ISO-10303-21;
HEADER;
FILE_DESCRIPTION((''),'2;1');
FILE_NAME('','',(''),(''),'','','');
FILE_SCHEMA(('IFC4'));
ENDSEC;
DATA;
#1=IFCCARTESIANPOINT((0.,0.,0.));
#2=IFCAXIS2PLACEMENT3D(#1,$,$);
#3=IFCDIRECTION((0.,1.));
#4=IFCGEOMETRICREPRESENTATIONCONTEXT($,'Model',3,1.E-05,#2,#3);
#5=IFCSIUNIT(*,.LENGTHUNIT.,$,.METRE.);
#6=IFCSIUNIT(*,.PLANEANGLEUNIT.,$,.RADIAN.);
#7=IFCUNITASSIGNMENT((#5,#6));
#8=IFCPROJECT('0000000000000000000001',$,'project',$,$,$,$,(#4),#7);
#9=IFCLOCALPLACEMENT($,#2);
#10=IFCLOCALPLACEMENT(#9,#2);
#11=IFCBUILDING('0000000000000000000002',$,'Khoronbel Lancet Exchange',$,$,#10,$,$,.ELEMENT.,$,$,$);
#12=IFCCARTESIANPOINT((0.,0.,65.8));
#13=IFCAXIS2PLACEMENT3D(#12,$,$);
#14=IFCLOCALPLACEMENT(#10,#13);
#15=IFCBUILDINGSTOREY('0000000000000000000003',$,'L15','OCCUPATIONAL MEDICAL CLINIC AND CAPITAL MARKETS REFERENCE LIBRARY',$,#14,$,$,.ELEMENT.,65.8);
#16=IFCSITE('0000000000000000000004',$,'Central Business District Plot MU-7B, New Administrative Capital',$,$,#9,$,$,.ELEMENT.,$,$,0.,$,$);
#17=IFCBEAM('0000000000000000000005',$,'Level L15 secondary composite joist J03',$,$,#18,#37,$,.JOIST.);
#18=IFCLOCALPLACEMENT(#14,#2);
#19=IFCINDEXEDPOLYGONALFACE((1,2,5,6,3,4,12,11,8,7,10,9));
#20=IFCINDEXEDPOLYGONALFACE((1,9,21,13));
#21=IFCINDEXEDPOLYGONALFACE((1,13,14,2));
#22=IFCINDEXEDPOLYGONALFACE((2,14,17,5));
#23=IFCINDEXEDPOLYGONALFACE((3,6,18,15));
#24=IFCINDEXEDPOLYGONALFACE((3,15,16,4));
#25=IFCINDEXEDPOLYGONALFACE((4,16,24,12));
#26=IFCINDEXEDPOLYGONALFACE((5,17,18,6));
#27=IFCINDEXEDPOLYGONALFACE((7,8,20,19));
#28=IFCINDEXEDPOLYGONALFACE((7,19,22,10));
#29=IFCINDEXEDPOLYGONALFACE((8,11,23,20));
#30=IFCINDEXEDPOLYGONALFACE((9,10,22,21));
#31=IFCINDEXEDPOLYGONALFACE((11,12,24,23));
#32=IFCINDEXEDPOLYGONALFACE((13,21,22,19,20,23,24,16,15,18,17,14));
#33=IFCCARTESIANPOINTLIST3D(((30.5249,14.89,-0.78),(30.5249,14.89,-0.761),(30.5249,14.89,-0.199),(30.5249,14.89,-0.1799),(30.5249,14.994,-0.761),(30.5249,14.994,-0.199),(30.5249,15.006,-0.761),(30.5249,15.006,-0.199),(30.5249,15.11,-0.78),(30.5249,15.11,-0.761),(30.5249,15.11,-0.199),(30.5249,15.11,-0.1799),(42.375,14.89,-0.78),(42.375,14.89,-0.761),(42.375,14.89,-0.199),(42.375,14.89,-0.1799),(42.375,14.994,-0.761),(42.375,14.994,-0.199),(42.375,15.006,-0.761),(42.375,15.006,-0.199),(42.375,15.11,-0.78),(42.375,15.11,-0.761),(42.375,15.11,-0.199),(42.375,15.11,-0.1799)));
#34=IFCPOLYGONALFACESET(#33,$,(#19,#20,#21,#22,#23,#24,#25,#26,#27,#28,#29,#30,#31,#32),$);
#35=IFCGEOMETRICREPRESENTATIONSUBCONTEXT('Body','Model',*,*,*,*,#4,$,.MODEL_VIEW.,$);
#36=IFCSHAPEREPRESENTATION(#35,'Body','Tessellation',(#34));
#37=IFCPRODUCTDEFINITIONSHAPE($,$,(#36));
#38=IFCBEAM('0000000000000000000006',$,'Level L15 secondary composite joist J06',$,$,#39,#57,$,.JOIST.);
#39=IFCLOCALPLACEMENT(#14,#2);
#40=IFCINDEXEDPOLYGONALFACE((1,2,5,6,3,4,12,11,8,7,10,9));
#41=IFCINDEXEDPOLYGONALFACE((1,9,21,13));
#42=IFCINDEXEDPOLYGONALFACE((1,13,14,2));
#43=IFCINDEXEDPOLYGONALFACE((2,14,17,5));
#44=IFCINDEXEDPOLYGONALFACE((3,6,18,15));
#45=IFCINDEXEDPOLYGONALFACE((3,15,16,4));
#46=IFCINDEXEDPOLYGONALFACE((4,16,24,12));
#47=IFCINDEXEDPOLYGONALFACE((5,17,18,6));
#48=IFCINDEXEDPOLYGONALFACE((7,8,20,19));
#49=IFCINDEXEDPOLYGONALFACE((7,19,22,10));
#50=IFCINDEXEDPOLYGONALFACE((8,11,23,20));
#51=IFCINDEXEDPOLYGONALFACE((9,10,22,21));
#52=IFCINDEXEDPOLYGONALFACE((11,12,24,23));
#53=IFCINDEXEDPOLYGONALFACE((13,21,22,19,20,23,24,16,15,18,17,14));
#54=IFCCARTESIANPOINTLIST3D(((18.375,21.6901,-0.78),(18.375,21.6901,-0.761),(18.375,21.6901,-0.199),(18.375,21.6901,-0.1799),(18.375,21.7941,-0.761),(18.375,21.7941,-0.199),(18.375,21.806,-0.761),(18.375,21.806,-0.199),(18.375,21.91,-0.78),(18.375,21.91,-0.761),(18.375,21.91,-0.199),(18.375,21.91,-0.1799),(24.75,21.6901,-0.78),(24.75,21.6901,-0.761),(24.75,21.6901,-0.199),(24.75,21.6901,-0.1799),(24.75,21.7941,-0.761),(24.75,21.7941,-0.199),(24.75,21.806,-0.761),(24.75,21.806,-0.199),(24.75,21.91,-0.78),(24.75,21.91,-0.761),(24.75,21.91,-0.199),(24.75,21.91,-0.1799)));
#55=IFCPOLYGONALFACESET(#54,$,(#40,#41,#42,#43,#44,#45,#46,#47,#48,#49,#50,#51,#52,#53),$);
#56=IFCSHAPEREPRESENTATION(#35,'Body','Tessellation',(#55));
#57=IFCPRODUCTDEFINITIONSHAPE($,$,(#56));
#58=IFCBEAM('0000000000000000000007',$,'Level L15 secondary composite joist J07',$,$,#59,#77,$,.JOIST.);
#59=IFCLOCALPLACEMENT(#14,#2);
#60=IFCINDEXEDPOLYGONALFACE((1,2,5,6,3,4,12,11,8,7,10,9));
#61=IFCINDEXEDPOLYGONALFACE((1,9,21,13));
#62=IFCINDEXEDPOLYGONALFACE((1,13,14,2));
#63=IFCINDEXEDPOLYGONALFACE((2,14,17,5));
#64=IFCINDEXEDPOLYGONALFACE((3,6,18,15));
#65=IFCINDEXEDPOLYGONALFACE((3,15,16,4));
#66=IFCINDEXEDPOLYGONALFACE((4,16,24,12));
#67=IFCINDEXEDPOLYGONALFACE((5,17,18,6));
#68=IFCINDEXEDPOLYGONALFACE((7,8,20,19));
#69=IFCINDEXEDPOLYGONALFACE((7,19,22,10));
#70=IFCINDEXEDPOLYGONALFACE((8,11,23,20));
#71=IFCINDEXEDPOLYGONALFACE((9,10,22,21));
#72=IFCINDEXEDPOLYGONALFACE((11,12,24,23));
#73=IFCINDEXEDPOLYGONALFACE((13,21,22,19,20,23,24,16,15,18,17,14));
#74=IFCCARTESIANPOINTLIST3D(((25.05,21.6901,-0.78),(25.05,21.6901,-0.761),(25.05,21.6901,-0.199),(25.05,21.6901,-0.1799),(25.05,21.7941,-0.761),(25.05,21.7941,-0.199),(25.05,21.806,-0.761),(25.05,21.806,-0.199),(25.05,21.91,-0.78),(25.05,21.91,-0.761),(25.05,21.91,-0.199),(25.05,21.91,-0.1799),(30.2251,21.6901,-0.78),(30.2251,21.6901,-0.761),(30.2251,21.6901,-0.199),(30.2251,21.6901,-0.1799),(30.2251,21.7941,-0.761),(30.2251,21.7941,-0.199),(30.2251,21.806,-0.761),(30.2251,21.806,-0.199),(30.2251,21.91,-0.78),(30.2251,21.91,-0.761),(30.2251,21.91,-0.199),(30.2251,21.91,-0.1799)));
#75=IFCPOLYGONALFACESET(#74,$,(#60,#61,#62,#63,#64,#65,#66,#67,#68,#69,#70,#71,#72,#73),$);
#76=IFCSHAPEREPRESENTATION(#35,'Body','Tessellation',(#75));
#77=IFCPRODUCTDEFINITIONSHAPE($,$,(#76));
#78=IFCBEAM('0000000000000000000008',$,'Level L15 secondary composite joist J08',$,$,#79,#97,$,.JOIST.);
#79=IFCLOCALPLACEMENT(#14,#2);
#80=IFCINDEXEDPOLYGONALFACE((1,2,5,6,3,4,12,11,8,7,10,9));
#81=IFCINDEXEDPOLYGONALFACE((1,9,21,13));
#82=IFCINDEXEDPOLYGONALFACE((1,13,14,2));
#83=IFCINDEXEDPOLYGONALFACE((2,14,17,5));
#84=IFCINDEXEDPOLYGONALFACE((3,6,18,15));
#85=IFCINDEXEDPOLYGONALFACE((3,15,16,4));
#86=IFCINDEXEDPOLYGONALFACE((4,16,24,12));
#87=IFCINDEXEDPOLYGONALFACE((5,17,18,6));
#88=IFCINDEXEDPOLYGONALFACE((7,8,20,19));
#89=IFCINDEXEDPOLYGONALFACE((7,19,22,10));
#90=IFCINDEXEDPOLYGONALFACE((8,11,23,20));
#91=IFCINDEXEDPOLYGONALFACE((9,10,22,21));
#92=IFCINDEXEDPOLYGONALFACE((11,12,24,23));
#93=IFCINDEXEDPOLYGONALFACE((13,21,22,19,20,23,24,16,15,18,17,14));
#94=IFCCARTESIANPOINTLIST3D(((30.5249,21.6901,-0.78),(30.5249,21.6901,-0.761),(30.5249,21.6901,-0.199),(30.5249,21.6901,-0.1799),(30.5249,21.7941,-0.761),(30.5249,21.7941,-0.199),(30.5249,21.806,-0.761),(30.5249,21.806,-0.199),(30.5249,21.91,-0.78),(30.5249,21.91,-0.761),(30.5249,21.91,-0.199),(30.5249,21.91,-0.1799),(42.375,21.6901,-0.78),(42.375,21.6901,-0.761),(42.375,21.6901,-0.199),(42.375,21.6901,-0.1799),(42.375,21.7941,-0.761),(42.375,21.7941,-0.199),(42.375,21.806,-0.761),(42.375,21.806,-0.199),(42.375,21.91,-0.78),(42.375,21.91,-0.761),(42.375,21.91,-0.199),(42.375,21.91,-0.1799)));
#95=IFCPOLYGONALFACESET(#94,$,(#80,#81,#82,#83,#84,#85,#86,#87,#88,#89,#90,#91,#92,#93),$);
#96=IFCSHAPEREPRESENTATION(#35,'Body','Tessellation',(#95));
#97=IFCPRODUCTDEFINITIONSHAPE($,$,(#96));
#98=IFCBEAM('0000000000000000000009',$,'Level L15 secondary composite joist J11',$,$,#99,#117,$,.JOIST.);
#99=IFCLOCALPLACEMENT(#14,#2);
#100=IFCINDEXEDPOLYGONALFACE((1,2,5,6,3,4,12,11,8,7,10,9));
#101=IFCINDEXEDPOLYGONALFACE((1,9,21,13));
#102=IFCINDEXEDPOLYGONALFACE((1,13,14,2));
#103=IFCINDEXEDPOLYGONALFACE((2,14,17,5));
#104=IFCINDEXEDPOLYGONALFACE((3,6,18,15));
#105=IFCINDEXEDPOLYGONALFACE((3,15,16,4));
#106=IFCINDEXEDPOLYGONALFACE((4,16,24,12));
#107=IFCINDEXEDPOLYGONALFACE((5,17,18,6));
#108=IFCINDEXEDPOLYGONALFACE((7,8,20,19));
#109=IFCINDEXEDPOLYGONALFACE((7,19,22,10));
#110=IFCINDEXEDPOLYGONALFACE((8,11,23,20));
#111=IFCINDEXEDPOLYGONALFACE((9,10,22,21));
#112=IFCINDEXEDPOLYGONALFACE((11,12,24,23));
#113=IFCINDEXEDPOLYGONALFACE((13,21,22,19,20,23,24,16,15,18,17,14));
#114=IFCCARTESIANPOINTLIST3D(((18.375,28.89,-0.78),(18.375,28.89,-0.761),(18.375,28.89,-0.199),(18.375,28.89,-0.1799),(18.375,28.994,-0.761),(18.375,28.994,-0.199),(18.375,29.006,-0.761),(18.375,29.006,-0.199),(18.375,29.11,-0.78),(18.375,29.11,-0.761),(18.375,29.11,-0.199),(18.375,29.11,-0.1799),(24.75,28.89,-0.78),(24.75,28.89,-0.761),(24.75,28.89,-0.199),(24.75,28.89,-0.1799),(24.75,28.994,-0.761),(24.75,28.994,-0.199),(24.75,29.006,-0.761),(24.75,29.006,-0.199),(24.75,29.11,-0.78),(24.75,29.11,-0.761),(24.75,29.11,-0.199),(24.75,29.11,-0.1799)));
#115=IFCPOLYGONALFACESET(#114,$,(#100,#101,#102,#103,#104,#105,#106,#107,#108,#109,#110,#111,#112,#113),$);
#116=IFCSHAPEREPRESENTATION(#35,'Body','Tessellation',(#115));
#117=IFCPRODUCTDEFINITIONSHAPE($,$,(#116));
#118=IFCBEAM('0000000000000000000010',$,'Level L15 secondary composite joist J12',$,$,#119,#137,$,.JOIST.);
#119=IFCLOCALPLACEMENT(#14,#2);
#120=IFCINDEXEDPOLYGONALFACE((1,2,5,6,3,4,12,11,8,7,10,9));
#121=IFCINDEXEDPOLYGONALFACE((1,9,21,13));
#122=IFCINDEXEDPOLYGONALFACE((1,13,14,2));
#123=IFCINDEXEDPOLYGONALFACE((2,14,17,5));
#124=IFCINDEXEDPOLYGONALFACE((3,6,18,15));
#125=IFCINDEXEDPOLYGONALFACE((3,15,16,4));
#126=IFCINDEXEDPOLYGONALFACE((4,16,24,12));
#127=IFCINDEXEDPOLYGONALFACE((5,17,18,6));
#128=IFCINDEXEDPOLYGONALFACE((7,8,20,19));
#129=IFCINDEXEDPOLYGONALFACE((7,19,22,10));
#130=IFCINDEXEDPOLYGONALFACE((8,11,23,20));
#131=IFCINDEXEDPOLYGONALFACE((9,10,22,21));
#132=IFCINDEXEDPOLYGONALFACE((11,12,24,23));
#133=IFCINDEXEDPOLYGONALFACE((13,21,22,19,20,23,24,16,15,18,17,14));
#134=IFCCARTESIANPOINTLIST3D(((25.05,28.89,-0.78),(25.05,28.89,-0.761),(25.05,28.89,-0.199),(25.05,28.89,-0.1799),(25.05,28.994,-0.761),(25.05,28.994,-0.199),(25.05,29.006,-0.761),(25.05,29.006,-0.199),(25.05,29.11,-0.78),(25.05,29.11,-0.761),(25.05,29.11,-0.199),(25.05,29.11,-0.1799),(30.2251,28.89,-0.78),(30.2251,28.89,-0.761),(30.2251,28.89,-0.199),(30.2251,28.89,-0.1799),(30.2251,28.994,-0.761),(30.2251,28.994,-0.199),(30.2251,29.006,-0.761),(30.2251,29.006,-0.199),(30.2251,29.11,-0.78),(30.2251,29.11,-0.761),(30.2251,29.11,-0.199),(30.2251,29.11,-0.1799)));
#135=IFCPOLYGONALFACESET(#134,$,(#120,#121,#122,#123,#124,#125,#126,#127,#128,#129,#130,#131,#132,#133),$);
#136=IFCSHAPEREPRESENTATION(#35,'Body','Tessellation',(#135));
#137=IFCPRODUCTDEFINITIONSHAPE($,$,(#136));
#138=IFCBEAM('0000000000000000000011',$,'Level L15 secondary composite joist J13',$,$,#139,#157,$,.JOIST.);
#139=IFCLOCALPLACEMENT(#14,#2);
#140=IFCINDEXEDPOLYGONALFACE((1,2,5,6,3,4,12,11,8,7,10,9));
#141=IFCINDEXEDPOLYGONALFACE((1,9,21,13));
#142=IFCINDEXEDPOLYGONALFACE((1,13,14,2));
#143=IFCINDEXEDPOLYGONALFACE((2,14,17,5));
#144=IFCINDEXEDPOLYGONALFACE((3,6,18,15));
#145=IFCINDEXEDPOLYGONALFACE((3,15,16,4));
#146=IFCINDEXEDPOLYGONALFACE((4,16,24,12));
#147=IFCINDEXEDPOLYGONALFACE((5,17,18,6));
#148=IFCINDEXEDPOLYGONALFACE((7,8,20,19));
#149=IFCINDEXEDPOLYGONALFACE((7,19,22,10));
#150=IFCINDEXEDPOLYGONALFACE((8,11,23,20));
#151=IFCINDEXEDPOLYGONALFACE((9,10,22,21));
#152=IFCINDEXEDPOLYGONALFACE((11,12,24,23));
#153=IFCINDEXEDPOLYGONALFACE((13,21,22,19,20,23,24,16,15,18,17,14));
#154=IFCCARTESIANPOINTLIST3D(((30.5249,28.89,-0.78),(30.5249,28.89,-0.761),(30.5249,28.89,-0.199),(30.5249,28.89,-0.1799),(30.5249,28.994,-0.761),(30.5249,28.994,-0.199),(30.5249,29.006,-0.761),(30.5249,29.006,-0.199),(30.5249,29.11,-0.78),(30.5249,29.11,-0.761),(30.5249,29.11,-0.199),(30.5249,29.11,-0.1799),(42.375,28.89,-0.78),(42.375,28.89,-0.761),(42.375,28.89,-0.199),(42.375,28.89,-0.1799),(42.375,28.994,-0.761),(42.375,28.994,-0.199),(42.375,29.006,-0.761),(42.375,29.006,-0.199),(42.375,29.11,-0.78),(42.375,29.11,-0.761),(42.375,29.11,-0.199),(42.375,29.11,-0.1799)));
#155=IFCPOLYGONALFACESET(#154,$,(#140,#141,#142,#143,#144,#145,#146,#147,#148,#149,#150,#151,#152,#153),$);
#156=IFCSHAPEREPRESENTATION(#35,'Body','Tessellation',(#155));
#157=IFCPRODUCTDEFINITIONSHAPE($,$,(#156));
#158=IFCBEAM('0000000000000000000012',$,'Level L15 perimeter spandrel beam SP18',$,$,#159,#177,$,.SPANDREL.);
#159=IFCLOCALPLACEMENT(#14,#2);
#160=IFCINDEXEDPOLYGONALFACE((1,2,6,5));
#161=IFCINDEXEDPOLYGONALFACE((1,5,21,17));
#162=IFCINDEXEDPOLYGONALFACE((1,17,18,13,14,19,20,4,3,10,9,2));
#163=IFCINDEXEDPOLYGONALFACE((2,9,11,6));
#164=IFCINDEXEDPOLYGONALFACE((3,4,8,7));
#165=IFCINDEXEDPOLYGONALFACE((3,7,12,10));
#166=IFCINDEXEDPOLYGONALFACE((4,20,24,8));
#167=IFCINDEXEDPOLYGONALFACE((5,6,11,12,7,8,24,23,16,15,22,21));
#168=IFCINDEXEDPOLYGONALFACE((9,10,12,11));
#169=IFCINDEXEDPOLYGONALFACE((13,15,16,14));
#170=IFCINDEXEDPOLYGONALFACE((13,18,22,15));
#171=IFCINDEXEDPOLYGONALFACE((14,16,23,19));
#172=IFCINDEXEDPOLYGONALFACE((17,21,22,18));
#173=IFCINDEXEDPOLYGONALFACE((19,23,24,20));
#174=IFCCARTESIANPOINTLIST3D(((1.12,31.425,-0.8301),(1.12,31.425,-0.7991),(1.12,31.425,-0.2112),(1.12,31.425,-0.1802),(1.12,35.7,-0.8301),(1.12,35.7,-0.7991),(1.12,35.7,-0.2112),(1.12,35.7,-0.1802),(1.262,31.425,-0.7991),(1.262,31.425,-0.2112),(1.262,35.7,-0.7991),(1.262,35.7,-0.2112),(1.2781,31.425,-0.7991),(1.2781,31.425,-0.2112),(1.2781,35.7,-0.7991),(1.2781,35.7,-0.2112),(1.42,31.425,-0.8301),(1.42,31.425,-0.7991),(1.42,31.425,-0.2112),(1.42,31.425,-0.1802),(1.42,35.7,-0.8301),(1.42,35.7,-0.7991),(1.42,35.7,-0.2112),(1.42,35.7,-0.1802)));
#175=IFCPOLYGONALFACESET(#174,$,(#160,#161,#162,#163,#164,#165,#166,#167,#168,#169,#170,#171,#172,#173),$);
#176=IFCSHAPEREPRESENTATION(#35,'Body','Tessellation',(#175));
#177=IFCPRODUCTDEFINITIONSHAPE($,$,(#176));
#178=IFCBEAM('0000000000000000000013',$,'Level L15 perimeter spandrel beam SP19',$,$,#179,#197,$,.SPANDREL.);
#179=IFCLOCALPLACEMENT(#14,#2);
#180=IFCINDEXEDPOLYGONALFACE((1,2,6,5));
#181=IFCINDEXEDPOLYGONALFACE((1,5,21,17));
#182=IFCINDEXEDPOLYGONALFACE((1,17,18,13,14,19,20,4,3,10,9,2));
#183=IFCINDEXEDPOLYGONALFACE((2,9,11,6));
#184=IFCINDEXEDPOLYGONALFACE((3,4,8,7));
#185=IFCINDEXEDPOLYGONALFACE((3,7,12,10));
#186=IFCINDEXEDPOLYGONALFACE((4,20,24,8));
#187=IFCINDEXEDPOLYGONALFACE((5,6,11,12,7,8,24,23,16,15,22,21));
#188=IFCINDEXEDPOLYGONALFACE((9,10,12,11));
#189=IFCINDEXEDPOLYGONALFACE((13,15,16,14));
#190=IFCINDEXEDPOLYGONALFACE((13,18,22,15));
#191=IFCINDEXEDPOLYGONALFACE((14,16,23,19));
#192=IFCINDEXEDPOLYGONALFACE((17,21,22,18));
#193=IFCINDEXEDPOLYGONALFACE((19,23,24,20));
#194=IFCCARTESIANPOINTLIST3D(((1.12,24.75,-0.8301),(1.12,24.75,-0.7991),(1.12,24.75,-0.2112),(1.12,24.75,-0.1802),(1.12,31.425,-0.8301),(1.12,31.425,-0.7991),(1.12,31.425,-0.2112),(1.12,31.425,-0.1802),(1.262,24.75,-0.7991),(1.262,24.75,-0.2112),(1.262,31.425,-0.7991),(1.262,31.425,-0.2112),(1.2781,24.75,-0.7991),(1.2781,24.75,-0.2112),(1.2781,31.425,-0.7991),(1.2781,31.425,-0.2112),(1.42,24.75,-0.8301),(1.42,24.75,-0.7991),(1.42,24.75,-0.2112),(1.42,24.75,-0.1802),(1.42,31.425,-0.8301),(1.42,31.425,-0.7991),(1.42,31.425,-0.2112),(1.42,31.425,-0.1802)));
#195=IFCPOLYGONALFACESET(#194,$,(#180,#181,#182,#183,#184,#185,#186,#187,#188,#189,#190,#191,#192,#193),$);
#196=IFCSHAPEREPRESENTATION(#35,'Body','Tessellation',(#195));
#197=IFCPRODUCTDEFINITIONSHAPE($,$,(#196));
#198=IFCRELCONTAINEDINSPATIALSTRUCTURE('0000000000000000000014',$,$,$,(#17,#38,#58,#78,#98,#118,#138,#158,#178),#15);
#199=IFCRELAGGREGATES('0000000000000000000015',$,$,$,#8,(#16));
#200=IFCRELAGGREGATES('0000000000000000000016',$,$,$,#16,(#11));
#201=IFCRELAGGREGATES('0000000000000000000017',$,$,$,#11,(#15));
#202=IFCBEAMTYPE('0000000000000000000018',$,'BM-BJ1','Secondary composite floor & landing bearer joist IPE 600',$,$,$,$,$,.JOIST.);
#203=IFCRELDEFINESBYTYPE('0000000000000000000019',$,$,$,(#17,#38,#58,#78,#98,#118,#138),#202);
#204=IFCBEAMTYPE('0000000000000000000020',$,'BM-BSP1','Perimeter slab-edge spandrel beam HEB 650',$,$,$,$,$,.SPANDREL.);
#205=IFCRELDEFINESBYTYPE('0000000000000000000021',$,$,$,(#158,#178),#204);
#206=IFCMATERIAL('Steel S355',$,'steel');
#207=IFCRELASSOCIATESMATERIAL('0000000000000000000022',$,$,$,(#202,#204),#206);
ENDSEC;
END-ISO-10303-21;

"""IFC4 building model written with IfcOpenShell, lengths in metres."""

from ifc_helpers import new_model, si_unit, direction, frame, origin, origin_2d, place, context, subcontext, project, spatial, i_section, extrude, material, material_profile, profile_set, type_object, element, save


model = new_model("IFC4")

# Units and contexts
model_context = context("Model", 3, precision=1e-05, world=origin(), true_north=direction((0.0, 1.0)))
body_context = subcontext(model_context, "Body", "Model", "MODEL_VIEW")
ifc_project = project(units=[si_unit("LENGTHUNIT", "METRE"), si_unit("PLANEANGLEUNIT", "RADIAN")], contexts=[model_context])

# Site, building, storey
site_placement = place(None, origin())
site = spatial("IfcSite", under=ifc_project, at=site_placement, Name="Central Business District Plot MU-7B, New Administrative Capital", CompositionType="ELEMENT", RefElevation=0.0)
building_placement = place(site_placement, origin())
building = spatial("IfcBuilding", under=site, at=building_placement, Name="Khoronbel Lancet Exchange", CompositionType="ELEMENT")
storey_placement = place(building_placement, frame((0.0, 0.0, 65.8)))
storey = spatial("IfcBuildingStorey", under=building, at=storey_placement, Name="L15", Description="OCCUPATIONAL MEDICAL CLINIC AND CAPITAL MARKETS REFERENCE LIBRARY", CompositionType="ELEMENT", Elevation=65.8)

# Shared definitions
ifc_material_1 = material(Name="Steel S355", Category="steel")

# Beams
ifc_material_profile_1 = material_profile(ifc_material_1, i_section(OverallWidth=0.22, OverallDepth=0.6001, WebThickness=0.012, FlangeThickness=0.019, at=origin_2d()), Name="IPE 600")
ifc_profile_set_1 = profile_set([ifc_material_profile_1], Name="Steel S355")
beam_type_1 = type_object("IfcBeamType", Name="BM-BJ1", Description="Secondary composite floor & landing bearer joist IPE 600", PredefinedType="JOIST", material=ifc_profile_set_1)
beam_1_placement = place(storey_placement, frame((30.5249, 15.0, -0.48), z_axis=(1.0, 0.0, 0.0), x_axis=(0.0, 1.0, 0.0)))
element("IfcBeam", 1, at=beam_1_placement, inside=storey, type_object=beam_type_1, Name="Level L15 secondary composite joist J03", PredefinedType="JOIST", context=body_context, shape_type="SweptSolid", body=[
    extrude(i_section(OverallWidth=0.22, OverallDepth=0.6001, WebThickness=0.012, FlangeThickness=0.019, at=origin_2d()), origin(), (0.0, 0.0, 1.0), 11.8501),
])
beam_2_placement = place(storey_placement, frame((18.375, 21.8, -0.48), z_axis=(1.0, 0.0, 0.0), x_axis=(0.0, 1.0, 0.0)))
element("IfcBeam", 2, at=beam_2_placement, inside=storey, type_object=beam_type_1, Name="Level L15 secondary composite joist J06", PredefinedType="JOIST", context=body_context, shape_type="SweptSolid", body=[
    extrude(i_section(OverallWidth=0.22, OverallDepth=0.6001, WebThickness=0.012, FlangeThickness=0.019, at=origin_2d()), origin(), (0.0, 0.0, 1.0), 6.375),
])
beam_3_placement = place(storey_placement, frame((25.05, 21.8, -0.48), z_axis=(1.0, 0.0, 0.0), x_axis=(0.0, 1.0, 0.0)))
element("IfcBeam", 3, at=beam_3_placement, inside=storey, type_object=beam_type_1, Name="Level L15 secondary composite joist J07", PredefinedType="JOIST", context=body_context, shape_type="SweptSolid", body=[
    extrude(i_section(OverallWidth=0.22, OverallDepth=0.6001, WebThickness=0.012, FlangeThickness=0.019, at=origin_2d()), origin(), (0.0, 0.0, 1.0), 5.175),
])
beam_4_placement = place(storey_placement, frame((30.5249, 21.8, -0.48), z_axis=(1.0, 0.0, 0.0), x_axis=(0.0, 1.0, 0.0)))
element("IfcBeam", 4, at=beam_4_placement, inside=storey, type_object=beam_type_1, Name="Level L15 secondary composite joist J08", PredefinedType="JOIST", context=body_context, shape_type="SweptSolid", body=[
    extrude(i_section(OverallWidth=0.22, OverallDepth=0.6001, WebThickness=0.012, FlangeThickness=0.019, at=origin_2d()), origin(), (0.0, 0.0, 1.0), 11.8501),
])
beam_5_placement = place(storey_placement, frame((18.375, 29.0, -0.48), z_axis=(1.0, 0.0, 0.0), x_axis=(0.0, 1.0, 0.0)))
element("IfcBeam", 5, at=beam_5_placement, inside=storey, type_object=beam_type_1, Name="Level L15 secondary composite joist J11", PredefinedType="JOIST", context=body_context, shape_type="SweptSolid", body=[
    extrude(i_section(OverallWidth=0.22, OverallDepth=0.6001, WebThickness=0.012, FlangeThickness=0.019, at=origin_2d()), origin(), (0.0, 0.0, 1.0), 6.375),
])
beam_6_placement = place(storey_placement, frame((25.05, 29.0, -0.48), z_axis=(1.0, 0.0, 0.0), x_axis=(0.0, 1.0, 0.0)))
element("IfcBeam", 6, at=beam_6_placement, inside=storey, type_object=beam_type_1, Name="Level L15 secondary composite joist J12", PredefinedType="JOIST", context=body_context, shape_type="SweptSolid", body=[
    extrude(i_section(OverallWidth=0.22, OverallDepth=0.6001, WebThickness=0.012, FlangeThickness=0.019, at=origin_2d()), origin(), (0.0, 0.0, 1.0), 5.175),
])
beam_7_placement = place(storey_placement, frame((30.5249, 29.0, -0.48), z_axis=(1.0, 0.0, 0.0), x_axis=(0.0, 1.0, 0.0)))
element("IfcBeam", 7, at=beam_7_placement, inside=storey, type_object=beam_type_1, Name="Level L15 secondary composite joist J13", PredefinedType="JOIST", context=body_context, shape_type="SweptSolid", body=[
    extrude(i_section(OverallWidth=0.22, OverallDepth=0.6001, WebThickness=0.012, FlangeThickness=0.019, at=origin_2d()), origin(), (0.0, 0.0, 1.0), 11.8501),
])
ifc_material_profile_2 = material_profile(ifc_material_1, i_section(OverallWidth=0.3, OverallDepth=0.6499, WebThickness=0.0161, FlangeThickness=0.031, at=origin_2d()), Name="HEB 650")
ifc_profile_set_2 = profile_set([ifc_material_profile_2], Name="Steel S355")
beam_type_2 = type_object("IfcBeamType", Name="BM-BSP1", Description="Perimeter slab-edge spandrel beam HEB 650", PredefinedType="SPANDREL", material=ifc_profile_set_2)
beam_8_placement = place(storey_placement, frame((1.27, 35.7, -0.5051), z_axis=(0.0, -1.0, 0.0), x_axis=(1.0, 0.0, 0.0)))
element("IfcBeam", 8, at=beam_8_placement, inside=storey, type_object=beam_type_2, Name="Level L15 perimeter spandrel beam SP18", PredefinedType="SPANDREL", context=body_context, shape_type="SweptSolid", body=[
    extrude(i_section(OverallWidth=0.3, OverallDepth=0.6499, WebThickness=0.0161, FlangeThickness=0.031, at=origin_2d()), origin(), (0.0, 0.0, 1.0), 4.2749),
])
beam_9_placement = place(storey_placement, frame((1.27, 31.425, -0.5051), z_axis=(0.0, -1.0, 0.0), x_axis=(1.0, 0.0, 0.0)))
element("IfcBeam", 9, at=beam_9_placement, inside=storey, type_object=beam_type_2, Name="Level L15 perimeter spandrel beam SP19", PredefinedType="SPANDREL", context=body_context, shape_type="SweptSolid", body=[
    extrude(i_section(OverallWidth=0.3, OverallDepth=0.6499, WebThickness=0.0161, FlangeThickness=0.031, at=origin_2d()), origin(), (0.0, 0.0, 1.0), 6.675),
])

save(model, "model.ifc")
